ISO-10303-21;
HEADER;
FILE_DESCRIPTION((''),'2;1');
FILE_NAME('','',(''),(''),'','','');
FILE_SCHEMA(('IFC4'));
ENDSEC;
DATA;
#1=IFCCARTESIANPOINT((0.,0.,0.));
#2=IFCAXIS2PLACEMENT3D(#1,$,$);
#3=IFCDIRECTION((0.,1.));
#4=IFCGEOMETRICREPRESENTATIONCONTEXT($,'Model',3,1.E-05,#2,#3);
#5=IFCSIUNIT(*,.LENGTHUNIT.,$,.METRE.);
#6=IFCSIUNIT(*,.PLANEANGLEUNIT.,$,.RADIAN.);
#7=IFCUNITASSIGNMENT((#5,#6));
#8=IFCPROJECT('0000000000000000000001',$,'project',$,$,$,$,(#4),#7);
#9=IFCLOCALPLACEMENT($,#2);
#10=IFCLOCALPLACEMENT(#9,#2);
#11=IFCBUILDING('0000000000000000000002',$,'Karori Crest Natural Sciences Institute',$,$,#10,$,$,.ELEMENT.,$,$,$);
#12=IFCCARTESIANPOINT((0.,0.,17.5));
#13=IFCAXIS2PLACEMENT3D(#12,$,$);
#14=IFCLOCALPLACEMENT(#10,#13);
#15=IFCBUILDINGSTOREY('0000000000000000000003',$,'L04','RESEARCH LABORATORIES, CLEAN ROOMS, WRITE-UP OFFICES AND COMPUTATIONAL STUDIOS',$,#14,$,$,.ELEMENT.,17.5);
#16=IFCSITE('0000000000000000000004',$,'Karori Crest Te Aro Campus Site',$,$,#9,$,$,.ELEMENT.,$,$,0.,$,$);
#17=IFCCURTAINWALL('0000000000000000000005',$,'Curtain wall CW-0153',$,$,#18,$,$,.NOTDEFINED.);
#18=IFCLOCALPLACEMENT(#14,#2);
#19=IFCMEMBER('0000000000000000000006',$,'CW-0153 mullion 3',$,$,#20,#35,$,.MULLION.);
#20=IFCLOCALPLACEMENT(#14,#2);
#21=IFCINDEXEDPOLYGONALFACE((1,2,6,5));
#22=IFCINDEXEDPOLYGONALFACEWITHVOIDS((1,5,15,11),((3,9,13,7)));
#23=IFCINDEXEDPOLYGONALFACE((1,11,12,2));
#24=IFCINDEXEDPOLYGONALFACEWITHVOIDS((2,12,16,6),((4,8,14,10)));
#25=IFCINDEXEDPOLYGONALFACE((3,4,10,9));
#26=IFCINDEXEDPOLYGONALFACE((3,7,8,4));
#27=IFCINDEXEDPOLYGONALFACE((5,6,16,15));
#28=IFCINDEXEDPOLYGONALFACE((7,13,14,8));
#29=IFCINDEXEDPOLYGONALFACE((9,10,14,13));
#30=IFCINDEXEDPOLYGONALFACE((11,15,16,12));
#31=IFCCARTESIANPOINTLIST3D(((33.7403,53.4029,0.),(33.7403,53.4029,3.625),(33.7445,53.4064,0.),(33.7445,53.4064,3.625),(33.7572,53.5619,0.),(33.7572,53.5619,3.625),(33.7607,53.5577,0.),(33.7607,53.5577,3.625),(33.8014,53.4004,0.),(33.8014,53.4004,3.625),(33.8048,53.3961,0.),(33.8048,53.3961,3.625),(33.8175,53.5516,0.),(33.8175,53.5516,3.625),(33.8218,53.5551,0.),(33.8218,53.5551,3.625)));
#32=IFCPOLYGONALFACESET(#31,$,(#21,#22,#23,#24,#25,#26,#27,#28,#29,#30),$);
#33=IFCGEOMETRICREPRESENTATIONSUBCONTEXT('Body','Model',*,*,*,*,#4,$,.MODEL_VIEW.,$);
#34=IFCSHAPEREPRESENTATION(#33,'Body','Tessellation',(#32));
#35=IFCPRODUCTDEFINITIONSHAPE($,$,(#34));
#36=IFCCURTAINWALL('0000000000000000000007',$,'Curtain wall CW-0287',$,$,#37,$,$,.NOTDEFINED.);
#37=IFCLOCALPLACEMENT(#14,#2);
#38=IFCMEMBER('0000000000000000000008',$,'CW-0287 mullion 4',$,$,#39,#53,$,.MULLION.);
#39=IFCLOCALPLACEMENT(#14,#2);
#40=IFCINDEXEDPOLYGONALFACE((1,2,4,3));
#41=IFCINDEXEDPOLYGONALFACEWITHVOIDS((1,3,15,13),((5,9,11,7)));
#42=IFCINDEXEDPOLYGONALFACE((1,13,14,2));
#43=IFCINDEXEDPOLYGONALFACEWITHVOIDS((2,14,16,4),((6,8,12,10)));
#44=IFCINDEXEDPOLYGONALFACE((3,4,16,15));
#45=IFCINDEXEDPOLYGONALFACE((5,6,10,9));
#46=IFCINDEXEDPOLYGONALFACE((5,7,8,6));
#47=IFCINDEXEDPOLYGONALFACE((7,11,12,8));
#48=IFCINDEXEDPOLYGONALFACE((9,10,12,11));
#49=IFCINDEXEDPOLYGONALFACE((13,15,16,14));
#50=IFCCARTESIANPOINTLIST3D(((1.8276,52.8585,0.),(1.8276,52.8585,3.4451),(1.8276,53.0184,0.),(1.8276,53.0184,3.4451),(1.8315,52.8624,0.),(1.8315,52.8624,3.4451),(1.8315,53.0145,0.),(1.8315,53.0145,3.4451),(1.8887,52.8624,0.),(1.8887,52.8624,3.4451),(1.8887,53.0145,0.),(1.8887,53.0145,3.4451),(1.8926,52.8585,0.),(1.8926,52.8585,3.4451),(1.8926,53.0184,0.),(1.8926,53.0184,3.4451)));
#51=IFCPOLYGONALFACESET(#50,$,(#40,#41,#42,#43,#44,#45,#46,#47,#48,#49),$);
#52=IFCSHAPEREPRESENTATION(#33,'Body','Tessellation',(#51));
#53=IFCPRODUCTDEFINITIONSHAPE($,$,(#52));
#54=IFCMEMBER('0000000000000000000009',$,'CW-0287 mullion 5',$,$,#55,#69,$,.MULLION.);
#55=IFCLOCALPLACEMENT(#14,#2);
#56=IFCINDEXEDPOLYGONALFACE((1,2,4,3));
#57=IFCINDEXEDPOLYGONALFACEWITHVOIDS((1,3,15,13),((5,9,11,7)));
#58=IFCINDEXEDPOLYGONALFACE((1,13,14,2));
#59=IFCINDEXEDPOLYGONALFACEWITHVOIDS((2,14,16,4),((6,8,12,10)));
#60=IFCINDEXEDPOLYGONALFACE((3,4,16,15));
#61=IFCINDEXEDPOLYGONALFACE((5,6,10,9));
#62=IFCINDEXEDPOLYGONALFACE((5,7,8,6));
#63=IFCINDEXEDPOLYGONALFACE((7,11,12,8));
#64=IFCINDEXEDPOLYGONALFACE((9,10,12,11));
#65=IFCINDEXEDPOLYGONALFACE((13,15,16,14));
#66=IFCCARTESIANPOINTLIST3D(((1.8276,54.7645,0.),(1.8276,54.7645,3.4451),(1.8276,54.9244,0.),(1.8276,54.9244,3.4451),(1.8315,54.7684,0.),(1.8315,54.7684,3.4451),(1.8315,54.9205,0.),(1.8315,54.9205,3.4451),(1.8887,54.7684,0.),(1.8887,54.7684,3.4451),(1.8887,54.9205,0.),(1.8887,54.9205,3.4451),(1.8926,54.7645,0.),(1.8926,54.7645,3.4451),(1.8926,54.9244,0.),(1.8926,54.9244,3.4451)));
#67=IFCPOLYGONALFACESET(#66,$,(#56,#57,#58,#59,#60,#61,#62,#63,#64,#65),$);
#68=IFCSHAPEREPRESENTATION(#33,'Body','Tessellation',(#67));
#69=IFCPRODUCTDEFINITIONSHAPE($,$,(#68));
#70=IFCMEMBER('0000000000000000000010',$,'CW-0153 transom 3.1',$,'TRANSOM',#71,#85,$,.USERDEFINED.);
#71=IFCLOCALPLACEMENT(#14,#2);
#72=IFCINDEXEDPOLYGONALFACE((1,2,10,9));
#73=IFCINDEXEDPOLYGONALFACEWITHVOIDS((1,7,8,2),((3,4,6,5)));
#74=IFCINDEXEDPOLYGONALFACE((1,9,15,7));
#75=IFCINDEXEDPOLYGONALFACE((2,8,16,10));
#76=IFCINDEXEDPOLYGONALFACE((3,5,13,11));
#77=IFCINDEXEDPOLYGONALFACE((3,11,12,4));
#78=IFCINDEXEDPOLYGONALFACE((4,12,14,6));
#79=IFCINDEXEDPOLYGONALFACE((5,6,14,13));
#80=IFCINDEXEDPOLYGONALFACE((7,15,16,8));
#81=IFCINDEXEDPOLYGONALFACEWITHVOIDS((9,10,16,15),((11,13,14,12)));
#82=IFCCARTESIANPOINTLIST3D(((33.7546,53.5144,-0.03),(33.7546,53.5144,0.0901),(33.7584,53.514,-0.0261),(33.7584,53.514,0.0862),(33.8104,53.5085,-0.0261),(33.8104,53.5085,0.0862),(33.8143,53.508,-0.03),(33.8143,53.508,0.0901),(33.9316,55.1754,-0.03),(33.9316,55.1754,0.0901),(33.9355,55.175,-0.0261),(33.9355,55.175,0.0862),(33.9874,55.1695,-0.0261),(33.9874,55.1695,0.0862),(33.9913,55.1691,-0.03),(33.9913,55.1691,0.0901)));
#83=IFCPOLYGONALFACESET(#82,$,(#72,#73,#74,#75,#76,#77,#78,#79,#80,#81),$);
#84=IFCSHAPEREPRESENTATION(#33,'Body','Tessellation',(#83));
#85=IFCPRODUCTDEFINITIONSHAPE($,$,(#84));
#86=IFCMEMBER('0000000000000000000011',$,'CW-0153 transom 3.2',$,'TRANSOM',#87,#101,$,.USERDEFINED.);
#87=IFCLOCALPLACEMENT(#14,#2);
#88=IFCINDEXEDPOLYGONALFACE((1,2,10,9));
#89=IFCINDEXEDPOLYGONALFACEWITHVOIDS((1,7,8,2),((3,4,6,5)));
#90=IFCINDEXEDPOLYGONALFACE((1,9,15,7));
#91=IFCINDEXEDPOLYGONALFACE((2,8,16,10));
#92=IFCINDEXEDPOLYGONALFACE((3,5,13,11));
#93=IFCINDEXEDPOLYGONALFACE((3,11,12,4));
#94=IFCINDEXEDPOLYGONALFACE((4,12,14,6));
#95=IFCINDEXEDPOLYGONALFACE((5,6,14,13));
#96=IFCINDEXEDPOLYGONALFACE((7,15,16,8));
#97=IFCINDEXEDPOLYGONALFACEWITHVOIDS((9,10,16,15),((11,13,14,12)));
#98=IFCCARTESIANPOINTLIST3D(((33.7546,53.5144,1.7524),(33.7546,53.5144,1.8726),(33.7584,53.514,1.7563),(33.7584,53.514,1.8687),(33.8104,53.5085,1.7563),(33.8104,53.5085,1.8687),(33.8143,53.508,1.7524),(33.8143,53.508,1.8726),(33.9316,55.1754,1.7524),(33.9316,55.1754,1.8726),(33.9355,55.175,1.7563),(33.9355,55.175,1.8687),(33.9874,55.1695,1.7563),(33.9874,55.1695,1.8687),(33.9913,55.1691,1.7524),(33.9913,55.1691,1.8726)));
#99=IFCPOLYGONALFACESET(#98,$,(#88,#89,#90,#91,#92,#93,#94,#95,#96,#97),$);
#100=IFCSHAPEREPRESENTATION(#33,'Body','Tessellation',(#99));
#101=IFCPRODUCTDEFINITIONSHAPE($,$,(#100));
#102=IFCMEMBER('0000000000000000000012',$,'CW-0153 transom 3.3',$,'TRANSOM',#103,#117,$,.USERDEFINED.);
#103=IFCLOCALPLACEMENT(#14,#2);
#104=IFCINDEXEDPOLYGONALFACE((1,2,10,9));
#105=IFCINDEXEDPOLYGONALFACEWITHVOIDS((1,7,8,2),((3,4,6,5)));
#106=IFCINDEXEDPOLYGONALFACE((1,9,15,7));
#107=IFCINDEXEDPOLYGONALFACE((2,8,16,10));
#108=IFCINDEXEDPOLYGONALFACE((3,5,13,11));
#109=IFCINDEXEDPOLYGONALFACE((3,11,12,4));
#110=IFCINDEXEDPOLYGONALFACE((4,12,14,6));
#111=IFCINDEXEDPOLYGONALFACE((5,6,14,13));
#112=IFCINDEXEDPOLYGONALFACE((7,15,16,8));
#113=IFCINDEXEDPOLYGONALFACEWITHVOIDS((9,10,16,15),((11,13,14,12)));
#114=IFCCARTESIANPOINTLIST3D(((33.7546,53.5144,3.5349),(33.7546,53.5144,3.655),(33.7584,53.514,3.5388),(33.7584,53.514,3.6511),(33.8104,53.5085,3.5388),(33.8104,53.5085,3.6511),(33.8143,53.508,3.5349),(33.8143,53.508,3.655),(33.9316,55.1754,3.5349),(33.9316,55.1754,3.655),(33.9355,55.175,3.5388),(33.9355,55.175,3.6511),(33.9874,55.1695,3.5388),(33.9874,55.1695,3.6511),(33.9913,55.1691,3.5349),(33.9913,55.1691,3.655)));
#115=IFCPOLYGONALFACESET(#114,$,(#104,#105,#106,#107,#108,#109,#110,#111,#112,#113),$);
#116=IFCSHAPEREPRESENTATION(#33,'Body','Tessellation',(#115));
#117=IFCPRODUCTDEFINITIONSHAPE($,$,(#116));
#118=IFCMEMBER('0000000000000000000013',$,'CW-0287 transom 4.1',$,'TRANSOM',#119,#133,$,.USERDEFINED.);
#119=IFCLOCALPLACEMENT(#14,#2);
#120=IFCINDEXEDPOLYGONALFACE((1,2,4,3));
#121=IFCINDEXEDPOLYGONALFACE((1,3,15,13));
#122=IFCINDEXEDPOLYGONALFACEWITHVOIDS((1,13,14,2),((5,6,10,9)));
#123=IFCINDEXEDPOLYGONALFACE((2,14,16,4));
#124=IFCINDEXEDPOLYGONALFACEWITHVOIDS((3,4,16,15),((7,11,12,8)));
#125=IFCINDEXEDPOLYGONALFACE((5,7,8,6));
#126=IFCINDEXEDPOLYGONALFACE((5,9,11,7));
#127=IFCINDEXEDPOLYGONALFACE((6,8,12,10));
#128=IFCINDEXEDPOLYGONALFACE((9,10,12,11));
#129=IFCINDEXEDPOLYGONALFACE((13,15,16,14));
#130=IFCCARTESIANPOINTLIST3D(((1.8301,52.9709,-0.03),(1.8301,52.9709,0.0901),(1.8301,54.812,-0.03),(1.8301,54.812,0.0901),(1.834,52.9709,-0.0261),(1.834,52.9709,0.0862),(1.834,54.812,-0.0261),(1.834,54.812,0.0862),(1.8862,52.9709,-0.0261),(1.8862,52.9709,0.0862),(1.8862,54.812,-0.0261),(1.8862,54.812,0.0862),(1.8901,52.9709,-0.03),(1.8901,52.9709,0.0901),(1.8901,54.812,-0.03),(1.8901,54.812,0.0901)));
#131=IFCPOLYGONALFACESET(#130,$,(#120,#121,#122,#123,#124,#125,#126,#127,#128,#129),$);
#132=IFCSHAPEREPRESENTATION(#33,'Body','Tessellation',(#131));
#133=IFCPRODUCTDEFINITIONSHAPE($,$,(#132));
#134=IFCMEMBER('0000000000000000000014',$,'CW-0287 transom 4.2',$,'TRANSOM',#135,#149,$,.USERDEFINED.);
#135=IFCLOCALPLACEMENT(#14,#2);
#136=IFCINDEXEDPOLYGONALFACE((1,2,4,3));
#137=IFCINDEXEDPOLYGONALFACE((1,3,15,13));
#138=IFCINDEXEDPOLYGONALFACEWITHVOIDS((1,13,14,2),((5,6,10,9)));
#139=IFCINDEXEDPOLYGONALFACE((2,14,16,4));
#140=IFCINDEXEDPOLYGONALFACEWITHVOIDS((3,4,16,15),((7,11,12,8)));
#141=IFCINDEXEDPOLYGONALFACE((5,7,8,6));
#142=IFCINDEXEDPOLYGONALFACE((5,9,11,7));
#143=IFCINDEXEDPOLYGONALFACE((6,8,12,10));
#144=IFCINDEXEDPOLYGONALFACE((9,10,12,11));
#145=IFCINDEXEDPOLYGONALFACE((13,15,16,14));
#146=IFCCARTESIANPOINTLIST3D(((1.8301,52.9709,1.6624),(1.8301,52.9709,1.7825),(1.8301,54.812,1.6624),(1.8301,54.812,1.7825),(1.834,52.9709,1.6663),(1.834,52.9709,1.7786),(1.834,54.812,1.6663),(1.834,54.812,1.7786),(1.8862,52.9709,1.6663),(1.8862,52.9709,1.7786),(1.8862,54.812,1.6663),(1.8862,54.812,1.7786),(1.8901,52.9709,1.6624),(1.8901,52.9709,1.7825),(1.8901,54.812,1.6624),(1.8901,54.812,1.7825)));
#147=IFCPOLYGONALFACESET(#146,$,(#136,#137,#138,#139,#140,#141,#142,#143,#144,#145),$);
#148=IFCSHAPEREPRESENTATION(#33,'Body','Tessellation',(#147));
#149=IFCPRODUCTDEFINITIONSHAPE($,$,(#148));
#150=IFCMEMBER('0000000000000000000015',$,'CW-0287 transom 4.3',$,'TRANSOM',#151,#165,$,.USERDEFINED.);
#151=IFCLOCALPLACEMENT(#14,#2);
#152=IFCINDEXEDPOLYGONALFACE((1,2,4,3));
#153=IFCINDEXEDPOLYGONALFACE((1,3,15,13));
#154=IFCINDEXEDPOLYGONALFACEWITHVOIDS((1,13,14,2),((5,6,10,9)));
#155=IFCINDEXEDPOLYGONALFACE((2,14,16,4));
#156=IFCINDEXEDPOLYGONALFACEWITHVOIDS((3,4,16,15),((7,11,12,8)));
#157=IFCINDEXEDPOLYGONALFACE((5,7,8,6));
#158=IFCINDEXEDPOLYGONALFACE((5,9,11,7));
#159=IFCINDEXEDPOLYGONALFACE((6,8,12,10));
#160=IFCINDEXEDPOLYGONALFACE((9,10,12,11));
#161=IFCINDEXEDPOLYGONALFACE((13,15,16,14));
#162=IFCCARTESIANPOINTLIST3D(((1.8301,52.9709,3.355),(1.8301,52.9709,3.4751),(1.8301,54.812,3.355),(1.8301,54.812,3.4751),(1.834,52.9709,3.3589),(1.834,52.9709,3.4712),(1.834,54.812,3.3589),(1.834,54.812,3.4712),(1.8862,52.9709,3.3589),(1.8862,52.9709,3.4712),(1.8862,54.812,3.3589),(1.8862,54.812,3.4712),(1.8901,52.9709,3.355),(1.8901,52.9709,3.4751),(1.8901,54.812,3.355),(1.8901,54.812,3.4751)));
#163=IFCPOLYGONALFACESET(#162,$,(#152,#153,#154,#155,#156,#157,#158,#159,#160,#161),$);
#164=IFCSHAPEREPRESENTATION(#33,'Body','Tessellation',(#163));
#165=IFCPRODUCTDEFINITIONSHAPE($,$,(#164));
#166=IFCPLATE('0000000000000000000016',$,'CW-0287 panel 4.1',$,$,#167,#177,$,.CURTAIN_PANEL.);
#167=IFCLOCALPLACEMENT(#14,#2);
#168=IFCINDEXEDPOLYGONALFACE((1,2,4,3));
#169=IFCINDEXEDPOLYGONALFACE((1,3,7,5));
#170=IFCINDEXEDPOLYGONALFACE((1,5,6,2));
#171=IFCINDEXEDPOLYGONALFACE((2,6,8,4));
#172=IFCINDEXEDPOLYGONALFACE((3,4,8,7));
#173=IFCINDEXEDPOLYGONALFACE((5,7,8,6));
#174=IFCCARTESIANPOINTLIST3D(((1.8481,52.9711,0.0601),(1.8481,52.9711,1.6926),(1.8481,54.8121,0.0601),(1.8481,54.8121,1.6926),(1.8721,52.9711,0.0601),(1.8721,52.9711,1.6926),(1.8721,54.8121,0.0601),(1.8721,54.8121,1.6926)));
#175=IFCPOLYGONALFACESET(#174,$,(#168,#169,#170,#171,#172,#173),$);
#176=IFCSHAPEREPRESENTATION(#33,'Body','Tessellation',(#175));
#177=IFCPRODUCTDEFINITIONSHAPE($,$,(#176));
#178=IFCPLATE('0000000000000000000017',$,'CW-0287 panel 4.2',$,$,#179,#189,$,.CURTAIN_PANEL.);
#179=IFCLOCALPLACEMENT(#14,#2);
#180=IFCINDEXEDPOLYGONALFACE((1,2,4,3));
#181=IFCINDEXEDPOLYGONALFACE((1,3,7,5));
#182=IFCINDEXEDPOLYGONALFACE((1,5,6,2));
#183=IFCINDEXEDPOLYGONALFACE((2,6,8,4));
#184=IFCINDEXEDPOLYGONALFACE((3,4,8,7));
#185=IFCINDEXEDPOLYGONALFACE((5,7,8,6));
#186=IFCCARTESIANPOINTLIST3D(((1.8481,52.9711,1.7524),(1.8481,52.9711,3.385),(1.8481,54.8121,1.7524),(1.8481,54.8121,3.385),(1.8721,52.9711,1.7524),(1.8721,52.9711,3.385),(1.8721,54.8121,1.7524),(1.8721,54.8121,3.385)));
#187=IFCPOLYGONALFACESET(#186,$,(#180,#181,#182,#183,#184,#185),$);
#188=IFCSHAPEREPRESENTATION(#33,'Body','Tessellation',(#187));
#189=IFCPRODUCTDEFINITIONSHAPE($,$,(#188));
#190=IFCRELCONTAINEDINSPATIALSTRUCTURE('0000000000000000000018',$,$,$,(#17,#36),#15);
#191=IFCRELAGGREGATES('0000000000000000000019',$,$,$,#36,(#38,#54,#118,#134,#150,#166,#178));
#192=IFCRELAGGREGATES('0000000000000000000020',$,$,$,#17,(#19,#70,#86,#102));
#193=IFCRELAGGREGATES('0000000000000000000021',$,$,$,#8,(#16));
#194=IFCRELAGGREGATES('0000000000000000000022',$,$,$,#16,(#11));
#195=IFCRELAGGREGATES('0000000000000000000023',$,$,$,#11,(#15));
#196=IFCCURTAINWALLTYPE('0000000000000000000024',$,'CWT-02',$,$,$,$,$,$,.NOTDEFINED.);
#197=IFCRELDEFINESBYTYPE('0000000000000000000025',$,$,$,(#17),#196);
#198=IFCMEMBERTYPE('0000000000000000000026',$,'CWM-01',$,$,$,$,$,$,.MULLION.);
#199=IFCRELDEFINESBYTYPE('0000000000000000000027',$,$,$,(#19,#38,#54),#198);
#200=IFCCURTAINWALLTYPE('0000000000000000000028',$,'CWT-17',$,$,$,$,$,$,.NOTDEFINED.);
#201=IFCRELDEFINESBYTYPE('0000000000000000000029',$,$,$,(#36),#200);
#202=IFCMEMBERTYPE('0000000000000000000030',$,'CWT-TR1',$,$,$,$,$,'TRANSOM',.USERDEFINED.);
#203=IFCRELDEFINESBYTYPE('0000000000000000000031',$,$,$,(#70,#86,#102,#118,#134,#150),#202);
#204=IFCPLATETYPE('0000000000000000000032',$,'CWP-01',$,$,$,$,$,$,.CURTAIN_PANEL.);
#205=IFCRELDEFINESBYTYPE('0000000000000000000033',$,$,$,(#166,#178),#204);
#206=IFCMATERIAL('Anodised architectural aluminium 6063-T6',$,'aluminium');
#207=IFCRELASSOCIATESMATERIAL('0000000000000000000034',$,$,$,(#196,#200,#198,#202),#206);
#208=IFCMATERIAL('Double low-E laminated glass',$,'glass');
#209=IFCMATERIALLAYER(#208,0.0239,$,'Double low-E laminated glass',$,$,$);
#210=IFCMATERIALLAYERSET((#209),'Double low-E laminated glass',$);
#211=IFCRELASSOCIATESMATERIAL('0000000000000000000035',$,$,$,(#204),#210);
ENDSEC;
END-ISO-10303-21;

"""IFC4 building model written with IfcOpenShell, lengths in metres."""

from ifc_helpers import new_model, si_unit, direction, frame, origin, origin_2d, place, context, subcontext, project, spatial, rectangle, hollow_rectangle, extrude, material, layer, layer_set, material_profile, profile_set, type_object, element, aggregate, save


model = new_model("IFC4")

# Units and contexts
model_context = context("Model", 3, precision=1e-05, world=origin(), true_north=direction((0.0, 1.0)))
body_context = subcontext(model_context, "Body", "Model", "MODEL_VIEW")
ifc_project = project(units=[si_unit("LENGTHUNIT", "METRE"), si_unit("PLANEANGLEUNIT", "RADIAN")], contexts=[model_context])

# Site, building, storey
site_placement = place(None, origin())
site = spatial("IfcSite", under=ifc_project, at=site_placement, Name="Karori Crest Te Aro Campus Site", CompositionType="ELEMENT", RefElevation=0.0)
building_placement = place(site_placement, origin())
building = spatial("IfcBuilding", under=site, at=building_placement, Name="Karori Crest Natural Sciences Institute", CompositionType="ELEMENT")
storey_placement = place(building_placement, frame((0.0, 0.0, 17.5)))
storey = spatial("IfcBuildingStorey", under=building, at=storey_placement, Name="L04", Description="RESEARCH LABORATORIES, CLEAN ROOMS, WRITE-UP OFFICES AND COMPUTATIONAL STUDIOS", CompositionType="ELEMENT", Elevation=17.5)

# Curtain wall, member
ifc_material_1 = material(Name="Anodised architectural aluminium 6063-T6", Category="aluminium")
curtain_wall_type_1 = type_object("IfcCurtainWallType", Name="CWT-02", PredefinedType="NOTDEFINED", material=ifc_material_1)
curtain_wall_1_placement = place(storey_placement, origin())
curtain_wall_1 = element("IfcCurtainWall", 1, at=curtain_wall_1_placement, inside=storey, type_object=curtain_wall_type_1, Name="Curtain wall CW-0153", PredefinedType="NOTDEFINED")
ifc_material_profile_1 = material_profile(ifc_material_1, hollow_rectangle(XDim=0.0649, YDim=0.1599, WallThickness=0.0039, at=origin_2d()), Name="CWM160x65x4")
ifc_profile_set_1 = profile_set([ifc_material_profile_1], Name="Anodised architectural aluminium 6063-T6")
member_type_1 = type_object("IfcMemberType", Name="CWM-01", PredefinedType="MULLION", material=ifc_profile_set_1)
member_1_placement = place(storey_placement, frame((33.781, 53.479, 0.0), z_axis=(0.0, 0.0, 1.0), x_axis=(-0.994378, 0.105886, 0.0)))
member_1 = element("IfcMember", 2, at=member_1_placement, type_object=member_type_1, Name="CW-0153 mullion 3", PredefinedType="MULLION", context=body_context, shape_type="SweptSolid", body=[
    extrude(hollow_rectangle(XDim=0.0649, YDim=0.1599, WallThickness=0.0039, at=origin_2d()), origin(), (0.0, 0.0, 1.0), 3.625),
])

# Curtain wall, members
curtain_wall_type_2 = type_object("IfcCurtainWallType", Name="CWT-17", PredefinedType="NOTDEFINED", material=ifc_material_1)
curtain_wall_2_placement = place(storey_placement, origin())
curtain_wall_2 = element("IfcCurtainWall", 3, at=curtain_wall_2_placement, inside=storey, type_object=curtain_wall_type_2, Name="Curtain wall CW-0287", PredefinedType="NOTDEFINED")
member_2_placement = place(storey_placement, frame((1.8601, 52.9385, 0.0), z_axis=(0.0, 0.0, 1.0), x_axis=(-1.0, 0.0, 0.0)))
member_2 = element("IfcMember", 4, at=member_2_placement, type_object=member_type_1, Name="CW-0287 mullion 4", PredefinedType="MULLION", context=body_context, shape_type="SweptSolid", body=[
    extrude(hollow_rectangle(XDim=0.0649, YDim=0.1599, WallThickness=0.0039, at=origin_2d()), origin(), (0.0, 0.0, 1.0), 3.4451),
])
member_3_placement = place(storey_placement, frame((1.8601, 54.8445, 0.0), z_axis=(0.0, 0.0, 1.0), x_axis=(-1.0, 0.0, 0.0)))
member_3 = element("IfcMember", 5, at=member_3_placement, type_object=member_type_1, Name="CW-0287 mullion 5", PredefinedType="MULLION", context=body_context, shape_type="SweptSolid", body=[
    extrude(hollow_rectangle(XDim=0.0649, YDim=0.1599, WallThickness=0.0039, at=origin_2d()), origin(), (0.0, 0.0, 1.0), 3.4451),
])

# Members
ifc_material_profile_2 = material_profile(ifc_material_1, hollow_rectangle(XDim=0.0601, YDim=0.1201, WallThickness=0.0039, at=origin_2d()), Name="CWT120x60x4")
ifc_profile_set_2 = profile_set([ifc_material_profile_2], Name="Anodised architectural aluminium 6063-T6")
member_type_2 = type_object("IfcMemberType", Name="CWT-TR1", ElementType="TRANSOM", PredefinedType="USERDEFINED", material=ifc_profile_set_2)
member_4_placement = place(storey_placement, frame((33.7844, 53.5112, 0.03), z_axis=(0.105971, 0.994369, 0.0), x_axis=(-0.994369, 0.105971, 0.0)))
member_4 = element("IfcMember", 6, at=member_4_placement, type_object=member_type_2, Name="CW-0153 transom 3.1", ObjectType="TRANSOM", PredefinedType="USERDEFINED", context=body_context, shape_type="SweptSolid", body=[
    extrude(hollow_rectangle(XDim=0.0601, YDim=0.1201, WallThickness=0.0039, at=origin_2d()), origin(), (0.0, 0.0, 1.0), 1.6704),
])
member_5_placement = place(storey_placement, frame((33.7844, 53.5112, 1.8125), z_axis=(0.105971, 0.994369, 0.0), x_axis=(-0.994369, 0.105971, 0.0)))
member_5 = element("IfcMember", 7, at=member_5_placement, type_object=member_type_2, Name="CW-0153 transom 3.2", ObjectType="TRANSOM", PredefinedType="USERDEFINED", context=body_context, shape_type="SweptSolid", body=[
    extrude(hollow_rectangle(XDim=0.0601, YDim=0.1201, WallThickness=0.0039, at=origin_2d()), origin(), (0.0, 0.0, 1.0), 1.6704),
])
member_6_placement = place(storey_placement, frame((33.7844, 53.5112, 3.595), z_axis=(0.105971, 0.994369, 0.0), x_axis=(-0.994369, 0.105971, 0.0)))
member_6 = element("IfcMember", 8, at=member_6_placement, type_object=member_type_2, Name="CW-0153 transom 3.3", ObjectType="TRANSOM", PredefinedType="USERDEFINED", context=body_context, shape_type="SweptSolid", body=[
    extrude(hollow_rectangle(XDim=0.0601, YDim=0.1201, WallThickness=0.0039, at=origin_2d()), origin(), (0.0, 0.0, 1.0), 1.6704),
])
member_7_placement = place(storey_placement, frame((1.8601, 52.9709, 0.03), z_axis=(0.0, 1.0, 0.0), x_axis=(-1.0, 0.0, 0.0)))
member_7 = element("IfcMember", 9, at=member_7_placement, type_object=member_type_2, Name="CW-0287 transom 4.1", ObjectType="TRANSOM", PredefinedType="USERDEFINED", context=body_context, shape_type="SweptSolid", body=[
    extrude(hollow_rectangle(XDim=0.0601, YDim=0.1201, WallThickness=0.0039, at=origin_2d()), origin(), (0.0, 0.0, 1.0), 1.8411),
])
member_8_placement = place(storey_placement, frame((1.8601, 52.9709, 1.7224), z_axis=(0.0, 1.0, 0.0), x_axis=(-1.0, 0.0, 0.0)))
member_8 = element("IfcMember", 10, at=member_8_placement, type_object=member_type_2, Name="CW-0287 transom 4.2", ObjectType="TRANSOM", PredefinedType="USERDEFINED", context=body_context, shape_type="SweptSolid", body=[
    extrude(hollow_rectangle(XDim=0.0601, YDim=0.1201, WallThickness=0.0039, at=origin_2d()), origin(), (0.0, 0.0, 1.0), 1.8411),
])
member_9_placement = place(storey_placement, frame((1.8601, 52.9709, 3.415), z_axis=(0.0, 1.0, 0.0), x_axis=(-1.0, 0.0, 0.0)))
member_9 = element("IfcMember", 11, at=member_9_placement, type_object=member_type_2, Name="CW-0287 transom 4.3", ObjectType="TRANSOM", PredefinedType="USERDEFINED", context=body_context, shape_type="SweptSolid", body=[
    extrude(hollow_rectangle(XDim=0.0601, YDim=0.1201, WallThickness=0.0039, at=origin_2d()), origin(), (0.0, 0.0, 1.0), 1.8411),
])

# Plates
ifc_material_2 = material(Name="Double low-E laminated glass", Category="glass")
ifc_layer_1 = layer(ifc_material_2, 0.0239, Name="Double low-E laminated glass")
ifc_layer_set_1 = layer_set([ifc_layer_1], Name="Double low-E laminated glass")
plate_type_1 = type_object("IfcPlateType", Name="CWP-01", PredefinedType="CURTAIN_PANEL", material=ifc_layer_set_1)
plate_1_placement = place(storey_placement, frame((1.8601, 53.8916, 0.0601), z_axis=(0.0, 0.0, 1.0), x_axis=(0.0, 1.0, 0.0)))
plate_1 = element("IfcPlate", 12, at=plate_1_placement, type_object=plate_type_1, Name="CW-0287 panel 4.1", PredefinedType="CURTAIN_PANEL", context=body_context, shape_type="SweptSolid", body=[
    extrude(rectangle(XDim=1.8411, YDim=0.0239, at=origin_2d()), origin(), (0.0, 0.0, 1.0), 1.6326),
])
plate_2_placement = place(storey_placement, frame((1.8601, 53.8916, 1.7524), z_axis=(0.0, 0.0, 1.0), x_axis=(0.0, 1.0, 0.0)))
plate_2 = element("IfcPlate", 13, at=plate_2_placement, type_object=plate_type_1, Name="CW-0287 panel 4.2", PredefinedType="CURTAIN_PANEL", context=body_context, shape_type="SweptSolid", body=[
    extrude(rectangle(XDim=1.8411, YDim=0.0239, at=origin_2d()), origin(), (0.0, 0.0, 1.0), 1.6326),
])
aggregate(curtain_wall_2, [member_2, member_3, member_7, member_8, member_9, plate_1, plate_2])
aggregate(curtain_wall_1, [member_1, member_4, member_5, member_6])

save(model, "model.ifc")
